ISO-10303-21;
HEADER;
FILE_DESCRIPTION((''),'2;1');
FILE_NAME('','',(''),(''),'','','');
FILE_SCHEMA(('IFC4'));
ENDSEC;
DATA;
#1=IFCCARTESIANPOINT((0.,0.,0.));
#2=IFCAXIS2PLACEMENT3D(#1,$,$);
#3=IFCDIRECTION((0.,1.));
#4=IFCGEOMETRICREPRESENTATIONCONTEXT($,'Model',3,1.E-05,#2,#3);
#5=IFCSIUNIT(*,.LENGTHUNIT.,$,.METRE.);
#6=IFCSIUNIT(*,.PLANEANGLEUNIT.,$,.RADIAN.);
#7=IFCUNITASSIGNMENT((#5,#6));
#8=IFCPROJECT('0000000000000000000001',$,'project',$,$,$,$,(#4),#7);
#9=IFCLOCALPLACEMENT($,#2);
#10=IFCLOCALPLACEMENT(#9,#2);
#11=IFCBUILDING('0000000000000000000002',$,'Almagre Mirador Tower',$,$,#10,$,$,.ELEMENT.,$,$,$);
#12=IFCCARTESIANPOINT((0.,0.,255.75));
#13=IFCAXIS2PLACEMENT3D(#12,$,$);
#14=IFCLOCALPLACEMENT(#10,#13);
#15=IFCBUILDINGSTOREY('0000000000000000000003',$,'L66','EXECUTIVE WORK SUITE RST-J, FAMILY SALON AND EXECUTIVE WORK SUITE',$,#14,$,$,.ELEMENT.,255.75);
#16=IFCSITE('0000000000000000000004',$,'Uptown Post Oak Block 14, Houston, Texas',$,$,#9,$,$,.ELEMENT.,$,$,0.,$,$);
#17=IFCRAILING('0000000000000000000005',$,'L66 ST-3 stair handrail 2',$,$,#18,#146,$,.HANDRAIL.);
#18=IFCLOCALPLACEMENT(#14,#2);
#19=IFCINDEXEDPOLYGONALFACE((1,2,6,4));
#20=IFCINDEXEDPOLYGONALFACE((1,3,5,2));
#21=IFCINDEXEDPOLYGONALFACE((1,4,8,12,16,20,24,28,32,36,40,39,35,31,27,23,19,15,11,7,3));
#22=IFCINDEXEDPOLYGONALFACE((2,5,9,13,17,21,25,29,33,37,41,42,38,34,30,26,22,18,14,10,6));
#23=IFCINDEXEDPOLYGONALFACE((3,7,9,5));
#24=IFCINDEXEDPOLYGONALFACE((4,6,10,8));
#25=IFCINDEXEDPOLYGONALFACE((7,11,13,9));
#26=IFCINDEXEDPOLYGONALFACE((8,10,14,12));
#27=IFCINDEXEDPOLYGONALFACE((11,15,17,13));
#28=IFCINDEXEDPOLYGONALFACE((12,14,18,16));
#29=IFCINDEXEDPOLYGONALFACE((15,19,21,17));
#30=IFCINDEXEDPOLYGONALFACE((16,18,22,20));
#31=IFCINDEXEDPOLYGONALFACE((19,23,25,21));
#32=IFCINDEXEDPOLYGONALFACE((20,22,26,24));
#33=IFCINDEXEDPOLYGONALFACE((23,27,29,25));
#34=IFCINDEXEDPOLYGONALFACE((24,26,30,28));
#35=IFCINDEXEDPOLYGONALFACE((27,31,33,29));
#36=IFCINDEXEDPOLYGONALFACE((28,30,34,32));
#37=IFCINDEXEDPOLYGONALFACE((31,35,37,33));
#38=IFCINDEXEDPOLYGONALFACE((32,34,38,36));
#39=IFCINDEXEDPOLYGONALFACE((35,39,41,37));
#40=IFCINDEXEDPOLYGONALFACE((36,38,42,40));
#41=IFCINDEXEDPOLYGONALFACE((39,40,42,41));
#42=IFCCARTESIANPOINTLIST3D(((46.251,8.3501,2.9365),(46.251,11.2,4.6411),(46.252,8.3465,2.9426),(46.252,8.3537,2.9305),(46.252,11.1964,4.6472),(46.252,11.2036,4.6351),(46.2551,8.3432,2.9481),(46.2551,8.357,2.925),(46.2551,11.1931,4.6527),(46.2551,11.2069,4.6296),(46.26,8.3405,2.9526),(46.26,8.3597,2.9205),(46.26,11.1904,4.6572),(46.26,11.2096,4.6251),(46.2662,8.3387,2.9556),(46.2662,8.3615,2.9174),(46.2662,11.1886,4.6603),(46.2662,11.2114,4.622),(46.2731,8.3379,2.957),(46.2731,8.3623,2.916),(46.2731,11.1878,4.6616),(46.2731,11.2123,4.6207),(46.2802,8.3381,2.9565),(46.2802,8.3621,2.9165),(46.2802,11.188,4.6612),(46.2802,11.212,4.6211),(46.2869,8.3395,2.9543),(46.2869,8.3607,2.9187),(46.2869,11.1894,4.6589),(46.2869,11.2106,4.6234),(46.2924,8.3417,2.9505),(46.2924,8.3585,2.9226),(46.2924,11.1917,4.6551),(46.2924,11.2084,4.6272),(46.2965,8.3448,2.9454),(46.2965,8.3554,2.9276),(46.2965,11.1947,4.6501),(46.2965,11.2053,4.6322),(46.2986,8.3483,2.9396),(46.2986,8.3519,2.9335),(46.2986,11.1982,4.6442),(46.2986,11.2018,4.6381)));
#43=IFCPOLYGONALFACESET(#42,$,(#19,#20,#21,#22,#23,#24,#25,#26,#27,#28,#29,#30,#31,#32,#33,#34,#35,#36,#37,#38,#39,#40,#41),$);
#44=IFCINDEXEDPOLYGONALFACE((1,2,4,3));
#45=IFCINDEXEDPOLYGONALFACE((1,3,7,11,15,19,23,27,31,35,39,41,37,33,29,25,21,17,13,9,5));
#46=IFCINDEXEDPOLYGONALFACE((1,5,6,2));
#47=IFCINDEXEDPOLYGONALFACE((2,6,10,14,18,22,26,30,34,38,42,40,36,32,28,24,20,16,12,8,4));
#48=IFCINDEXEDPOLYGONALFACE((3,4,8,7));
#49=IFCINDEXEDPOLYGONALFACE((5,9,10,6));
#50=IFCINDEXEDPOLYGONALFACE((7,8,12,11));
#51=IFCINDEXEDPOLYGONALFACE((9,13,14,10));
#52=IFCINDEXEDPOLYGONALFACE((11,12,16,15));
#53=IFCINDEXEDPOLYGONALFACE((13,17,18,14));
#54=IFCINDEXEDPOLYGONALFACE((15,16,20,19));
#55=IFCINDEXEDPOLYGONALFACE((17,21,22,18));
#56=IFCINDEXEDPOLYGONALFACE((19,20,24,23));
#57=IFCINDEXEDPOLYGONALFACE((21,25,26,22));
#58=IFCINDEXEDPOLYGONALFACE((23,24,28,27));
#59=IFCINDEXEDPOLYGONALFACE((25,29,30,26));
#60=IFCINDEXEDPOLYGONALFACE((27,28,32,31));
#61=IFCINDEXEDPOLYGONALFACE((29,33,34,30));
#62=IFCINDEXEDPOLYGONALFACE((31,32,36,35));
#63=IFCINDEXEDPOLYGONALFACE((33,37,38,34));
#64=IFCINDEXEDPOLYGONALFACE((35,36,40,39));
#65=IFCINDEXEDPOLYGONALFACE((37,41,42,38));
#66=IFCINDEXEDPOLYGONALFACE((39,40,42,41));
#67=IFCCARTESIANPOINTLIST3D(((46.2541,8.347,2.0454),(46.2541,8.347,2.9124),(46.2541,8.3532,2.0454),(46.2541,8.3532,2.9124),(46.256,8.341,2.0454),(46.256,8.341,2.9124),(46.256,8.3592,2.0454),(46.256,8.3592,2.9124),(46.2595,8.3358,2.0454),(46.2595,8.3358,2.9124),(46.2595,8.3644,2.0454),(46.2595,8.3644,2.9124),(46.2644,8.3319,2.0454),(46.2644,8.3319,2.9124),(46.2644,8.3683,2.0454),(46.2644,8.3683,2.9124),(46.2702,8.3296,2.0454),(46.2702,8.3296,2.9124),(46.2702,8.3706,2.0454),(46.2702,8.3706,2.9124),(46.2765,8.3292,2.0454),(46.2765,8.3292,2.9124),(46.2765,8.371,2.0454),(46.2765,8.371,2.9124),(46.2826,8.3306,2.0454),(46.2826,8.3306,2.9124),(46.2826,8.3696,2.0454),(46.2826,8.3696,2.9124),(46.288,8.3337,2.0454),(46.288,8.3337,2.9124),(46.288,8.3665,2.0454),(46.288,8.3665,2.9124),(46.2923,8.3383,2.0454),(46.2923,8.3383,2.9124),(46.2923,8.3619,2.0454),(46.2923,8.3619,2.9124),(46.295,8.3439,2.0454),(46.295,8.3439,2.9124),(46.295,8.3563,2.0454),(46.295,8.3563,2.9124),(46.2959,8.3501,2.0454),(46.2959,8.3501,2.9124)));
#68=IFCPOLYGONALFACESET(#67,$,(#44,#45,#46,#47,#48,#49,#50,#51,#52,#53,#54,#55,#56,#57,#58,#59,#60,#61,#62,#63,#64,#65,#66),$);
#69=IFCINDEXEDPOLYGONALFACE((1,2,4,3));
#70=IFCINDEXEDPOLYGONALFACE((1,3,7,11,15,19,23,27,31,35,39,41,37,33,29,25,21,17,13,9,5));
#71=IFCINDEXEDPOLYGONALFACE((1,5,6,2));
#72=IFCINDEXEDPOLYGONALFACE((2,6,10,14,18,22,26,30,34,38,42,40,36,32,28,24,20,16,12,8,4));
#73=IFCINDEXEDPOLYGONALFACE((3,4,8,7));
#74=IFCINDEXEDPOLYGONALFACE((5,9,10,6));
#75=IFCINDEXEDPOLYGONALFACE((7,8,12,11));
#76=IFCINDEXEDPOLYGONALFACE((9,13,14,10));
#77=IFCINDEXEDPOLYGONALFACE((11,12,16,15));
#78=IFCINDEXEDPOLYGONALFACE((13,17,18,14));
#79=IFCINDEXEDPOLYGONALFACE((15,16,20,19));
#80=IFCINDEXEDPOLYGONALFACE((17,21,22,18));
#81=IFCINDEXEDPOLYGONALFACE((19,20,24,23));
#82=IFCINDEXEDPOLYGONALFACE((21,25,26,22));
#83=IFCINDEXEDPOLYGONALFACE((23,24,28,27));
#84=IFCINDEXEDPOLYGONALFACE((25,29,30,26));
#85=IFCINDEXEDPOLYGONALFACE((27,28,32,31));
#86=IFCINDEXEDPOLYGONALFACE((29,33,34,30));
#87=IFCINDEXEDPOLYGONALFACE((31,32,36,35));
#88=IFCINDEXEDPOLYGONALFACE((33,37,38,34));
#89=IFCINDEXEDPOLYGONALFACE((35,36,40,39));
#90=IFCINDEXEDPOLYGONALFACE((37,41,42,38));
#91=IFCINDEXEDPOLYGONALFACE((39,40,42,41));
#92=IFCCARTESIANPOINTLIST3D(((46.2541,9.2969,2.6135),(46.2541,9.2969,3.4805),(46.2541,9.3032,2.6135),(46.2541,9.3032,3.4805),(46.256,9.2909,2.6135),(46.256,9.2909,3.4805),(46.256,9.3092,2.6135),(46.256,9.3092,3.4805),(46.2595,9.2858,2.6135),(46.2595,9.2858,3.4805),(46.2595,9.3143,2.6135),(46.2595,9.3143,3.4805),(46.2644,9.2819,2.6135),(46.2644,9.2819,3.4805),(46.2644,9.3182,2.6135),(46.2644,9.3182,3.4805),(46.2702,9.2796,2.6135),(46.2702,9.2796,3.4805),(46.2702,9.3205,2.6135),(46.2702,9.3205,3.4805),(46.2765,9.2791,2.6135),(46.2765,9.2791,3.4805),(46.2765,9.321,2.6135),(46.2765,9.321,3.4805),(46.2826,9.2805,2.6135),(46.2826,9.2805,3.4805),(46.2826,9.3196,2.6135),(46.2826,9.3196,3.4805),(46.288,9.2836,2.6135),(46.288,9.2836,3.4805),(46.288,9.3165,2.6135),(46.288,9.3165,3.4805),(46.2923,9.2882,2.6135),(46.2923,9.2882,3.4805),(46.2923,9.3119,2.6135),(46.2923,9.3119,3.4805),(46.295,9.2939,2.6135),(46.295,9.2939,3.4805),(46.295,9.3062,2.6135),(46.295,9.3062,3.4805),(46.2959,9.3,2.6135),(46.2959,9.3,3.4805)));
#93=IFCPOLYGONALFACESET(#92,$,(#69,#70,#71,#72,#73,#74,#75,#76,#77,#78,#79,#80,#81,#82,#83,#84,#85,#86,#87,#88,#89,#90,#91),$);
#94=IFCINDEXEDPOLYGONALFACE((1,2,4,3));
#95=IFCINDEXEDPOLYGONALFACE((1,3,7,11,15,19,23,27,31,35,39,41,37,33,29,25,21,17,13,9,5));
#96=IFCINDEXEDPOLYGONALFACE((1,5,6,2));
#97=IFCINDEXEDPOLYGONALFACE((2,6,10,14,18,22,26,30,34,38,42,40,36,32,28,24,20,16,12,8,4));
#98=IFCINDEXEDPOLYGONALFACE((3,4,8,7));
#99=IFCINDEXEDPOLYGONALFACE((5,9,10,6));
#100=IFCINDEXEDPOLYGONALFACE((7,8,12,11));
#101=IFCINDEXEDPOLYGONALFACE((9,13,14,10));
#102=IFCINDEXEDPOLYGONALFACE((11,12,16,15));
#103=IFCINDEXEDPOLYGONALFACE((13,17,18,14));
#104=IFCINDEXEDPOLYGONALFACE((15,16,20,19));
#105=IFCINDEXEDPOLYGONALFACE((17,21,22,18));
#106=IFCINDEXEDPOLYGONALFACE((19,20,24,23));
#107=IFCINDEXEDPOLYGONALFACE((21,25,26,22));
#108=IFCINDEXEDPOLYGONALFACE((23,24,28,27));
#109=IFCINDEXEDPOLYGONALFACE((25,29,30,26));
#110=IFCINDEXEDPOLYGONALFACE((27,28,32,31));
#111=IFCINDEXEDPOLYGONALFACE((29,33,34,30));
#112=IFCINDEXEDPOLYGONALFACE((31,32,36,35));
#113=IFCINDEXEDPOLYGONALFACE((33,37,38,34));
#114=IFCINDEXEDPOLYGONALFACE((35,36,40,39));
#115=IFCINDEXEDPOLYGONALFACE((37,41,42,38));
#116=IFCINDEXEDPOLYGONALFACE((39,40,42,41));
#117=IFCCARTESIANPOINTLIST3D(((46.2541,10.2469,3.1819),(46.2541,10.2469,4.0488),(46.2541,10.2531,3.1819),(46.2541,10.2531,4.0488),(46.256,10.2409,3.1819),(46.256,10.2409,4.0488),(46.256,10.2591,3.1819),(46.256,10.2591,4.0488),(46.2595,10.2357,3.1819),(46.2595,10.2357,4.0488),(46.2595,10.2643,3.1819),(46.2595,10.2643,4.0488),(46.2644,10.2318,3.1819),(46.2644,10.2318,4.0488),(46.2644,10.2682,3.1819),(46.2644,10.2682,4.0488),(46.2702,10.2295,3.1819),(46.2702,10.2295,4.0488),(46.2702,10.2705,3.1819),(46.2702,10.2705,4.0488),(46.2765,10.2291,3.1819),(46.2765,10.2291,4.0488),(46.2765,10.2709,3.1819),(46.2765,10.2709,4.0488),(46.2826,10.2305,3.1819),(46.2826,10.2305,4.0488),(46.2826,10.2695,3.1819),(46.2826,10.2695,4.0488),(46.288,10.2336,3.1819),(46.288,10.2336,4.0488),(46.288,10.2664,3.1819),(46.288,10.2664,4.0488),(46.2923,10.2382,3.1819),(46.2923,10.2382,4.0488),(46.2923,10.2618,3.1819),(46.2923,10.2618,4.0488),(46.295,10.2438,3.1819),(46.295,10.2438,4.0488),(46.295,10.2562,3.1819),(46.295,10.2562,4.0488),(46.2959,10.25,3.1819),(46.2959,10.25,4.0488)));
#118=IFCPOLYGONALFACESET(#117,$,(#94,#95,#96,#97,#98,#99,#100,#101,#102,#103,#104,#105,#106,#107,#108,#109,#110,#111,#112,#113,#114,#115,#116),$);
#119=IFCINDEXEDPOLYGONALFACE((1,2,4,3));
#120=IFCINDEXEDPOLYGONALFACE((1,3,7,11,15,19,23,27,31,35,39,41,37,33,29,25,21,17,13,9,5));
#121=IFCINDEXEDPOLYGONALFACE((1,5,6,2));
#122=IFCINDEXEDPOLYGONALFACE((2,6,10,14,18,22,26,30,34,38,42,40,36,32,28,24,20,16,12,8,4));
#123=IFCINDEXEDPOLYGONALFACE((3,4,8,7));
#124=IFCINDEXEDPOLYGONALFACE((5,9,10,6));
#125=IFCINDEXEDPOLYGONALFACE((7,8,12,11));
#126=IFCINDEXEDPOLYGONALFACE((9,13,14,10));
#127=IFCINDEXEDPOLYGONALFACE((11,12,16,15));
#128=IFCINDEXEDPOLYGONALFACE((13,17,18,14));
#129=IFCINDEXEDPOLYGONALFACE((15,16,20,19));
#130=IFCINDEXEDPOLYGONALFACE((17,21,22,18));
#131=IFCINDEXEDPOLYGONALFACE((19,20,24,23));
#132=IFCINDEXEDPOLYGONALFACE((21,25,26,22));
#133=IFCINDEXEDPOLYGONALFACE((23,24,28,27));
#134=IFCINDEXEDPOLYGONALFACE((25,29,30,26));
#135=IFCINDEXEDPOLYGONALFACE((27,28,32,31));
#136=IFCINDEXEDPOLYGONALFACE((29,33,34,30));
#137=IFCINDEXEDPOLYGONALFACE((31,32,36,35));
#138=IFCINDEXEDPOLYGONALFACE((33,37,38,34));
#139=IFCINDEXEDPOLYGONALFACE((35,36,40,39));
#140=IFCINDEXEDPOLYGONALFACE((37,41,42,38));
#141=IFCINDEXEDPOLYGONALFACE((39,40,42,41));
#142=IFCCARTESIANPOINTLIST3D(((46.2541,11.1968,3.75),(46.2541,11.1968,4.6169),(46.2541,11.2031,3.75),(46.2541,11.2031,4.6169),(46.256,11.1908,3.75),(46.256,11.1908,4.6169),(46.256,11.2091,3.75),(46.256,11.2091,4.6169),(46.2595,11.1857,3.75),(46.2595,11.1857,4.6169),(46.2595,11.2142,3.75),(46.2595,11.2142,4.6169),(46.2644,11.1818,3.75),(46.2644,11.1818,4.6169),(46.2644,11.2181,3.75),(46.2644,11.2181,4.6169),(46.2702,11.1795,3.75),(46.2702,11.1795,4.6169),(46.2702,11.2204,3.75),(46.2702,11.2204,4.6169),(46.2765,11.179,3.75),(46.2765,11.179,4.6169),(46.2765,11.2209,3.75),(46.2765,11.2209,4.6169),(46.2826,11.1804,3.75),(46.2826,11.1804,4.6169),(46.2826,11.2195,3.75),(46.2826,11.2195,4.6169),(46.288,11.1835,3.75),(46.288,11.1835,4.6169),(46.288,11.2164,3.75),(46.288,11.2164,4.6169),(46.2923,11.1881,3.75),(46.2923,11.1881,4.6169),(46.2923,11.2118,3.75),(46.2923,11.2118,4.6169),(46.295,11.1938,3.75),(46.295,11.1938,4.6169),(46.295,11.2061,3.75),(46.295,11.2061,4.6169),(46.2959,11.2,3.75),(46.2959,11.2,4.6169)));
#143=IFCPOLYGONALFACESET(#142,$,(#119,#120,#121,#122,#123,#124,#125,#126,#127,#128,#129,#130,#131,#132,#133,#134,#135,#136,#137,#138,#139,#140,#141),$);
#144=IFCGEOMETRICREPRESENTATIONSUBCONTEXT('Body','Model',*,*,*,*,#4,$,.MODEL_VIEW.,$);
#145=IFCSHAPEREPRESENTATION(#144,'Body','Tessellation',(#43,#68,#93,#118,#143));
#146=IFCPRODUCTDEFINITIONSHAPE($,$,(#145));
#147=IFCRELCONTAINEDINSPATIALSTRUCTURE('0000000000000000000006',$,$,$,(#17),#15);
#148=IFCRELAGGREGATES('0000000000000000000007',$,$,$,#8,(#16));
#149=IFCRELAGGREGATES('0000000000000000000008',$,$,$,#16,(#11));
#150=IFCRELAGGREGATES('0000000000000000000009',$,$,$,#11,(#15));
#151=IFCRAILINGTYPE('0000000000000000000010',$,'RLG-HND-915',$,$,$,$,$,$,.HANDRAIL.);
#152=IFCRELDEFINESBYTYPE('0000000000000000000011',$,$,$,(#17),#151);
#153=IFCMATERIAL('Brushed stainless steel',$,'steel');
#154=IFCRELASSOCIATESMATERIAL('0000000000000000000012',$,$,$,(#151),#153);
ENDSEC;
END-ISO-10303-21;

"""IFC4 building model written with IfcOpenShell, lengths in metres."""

from ifc_helpers import new_model, si_unit, direction, frame, origin, origin_2d, place, context, subcontext, project, spatial, circle, extrude, material, type_object, element, save


model = new_model("IFC4")

# Units and contexts
model_context = context("Model", 3, precision=1e-05, world=origin(), true_north=direction((0.0, 1.0)))
body_context = subcontext(model_context, "Body", "Model", "MODEL_VIEW")
ifc_project = project(units=[si_unit("LENGTHUNIT", "METRE"), si_unit("PLANEANGLEUNIT", "RADIAN")], contexts=[model_context])

# Site, building, storey
site_placement = place(None, origin())
site = spatial("IfcSite", under=ifc_project, at=site_placement, Name="Uptown Post Oak Block 14, Houston, Texas", CompositionType="ELEMENT", RefElevation=0.0)
building_placement = place(site_placement, origin())
building = spatial("IfcBuilding", under=site, at=building_placement, Name="Almagre Mirador Tower", CompositionType="ELEMENT")
storey_placement = place(building_placement, frame((0.0, 0.0, 255.75)))
storey = spatial("IfcBuildingStorey", under=building, at=storey_placement, Name="L66", Description="EXECUTIVE WORK SUITE RST-J, FAMILY SALON AND EXECUTIVE WORK SUITE", CompositionType="ELEMENT", Elevation=255.75)

# Railing
ifc_material_1 = material(Name="Brushed stainless steel", Category="steel")
railing_type_1 = type_object("IfcRailingType", Name="RLG-HND-915", PredefinedType="HANDRAIL", material=ifc_material_1)
railing_1_placement = place(storey_placement, frame((46.2749, 8.3501, 2.0454)))
element("IfcRailing", 1, at=railing_1_placement, inside=storey, type_object=railing_type_1, Name="L66 ST-3 stair handrail 2", PredefinedType="HANDRAIL", context=body_context, shape_type="SweptSolid", body=[
    extrude(circle(Radius=0.0239, at=origin_2d()), frame((0.0, 0.0, 0.8911), z_axis=(0.0, 0.858199, 0.513317), x_axis=(-1.0, 0.0, 0.0)), (0.0, 0.0, 1.0), 3.3208),
    extrude(circle(Radius=0.021, at=origin_2d()), origin(), (0.0, 0.0, 1.0), 0.8669),
    extrude(circle(Radius=0.021, at=origin_2d()), frame((0.0, 0.95, 0.5681)), (0.0, 0.0, 1.0), 0.8669),
    extrude(circle(Radius=0.021, at=origin_2d()), frame((0.0, 1.8999, 1.1365)), (0.0, 0.0, 1.0), 0.8669),
    extrude(circle(Radius=0.021, at=origin_2d()), frame((0.0, 2.8499, 1.7046)), (0.0, 0.0, 1.0), 0.8669),
])

save(model, "model.ifc")
